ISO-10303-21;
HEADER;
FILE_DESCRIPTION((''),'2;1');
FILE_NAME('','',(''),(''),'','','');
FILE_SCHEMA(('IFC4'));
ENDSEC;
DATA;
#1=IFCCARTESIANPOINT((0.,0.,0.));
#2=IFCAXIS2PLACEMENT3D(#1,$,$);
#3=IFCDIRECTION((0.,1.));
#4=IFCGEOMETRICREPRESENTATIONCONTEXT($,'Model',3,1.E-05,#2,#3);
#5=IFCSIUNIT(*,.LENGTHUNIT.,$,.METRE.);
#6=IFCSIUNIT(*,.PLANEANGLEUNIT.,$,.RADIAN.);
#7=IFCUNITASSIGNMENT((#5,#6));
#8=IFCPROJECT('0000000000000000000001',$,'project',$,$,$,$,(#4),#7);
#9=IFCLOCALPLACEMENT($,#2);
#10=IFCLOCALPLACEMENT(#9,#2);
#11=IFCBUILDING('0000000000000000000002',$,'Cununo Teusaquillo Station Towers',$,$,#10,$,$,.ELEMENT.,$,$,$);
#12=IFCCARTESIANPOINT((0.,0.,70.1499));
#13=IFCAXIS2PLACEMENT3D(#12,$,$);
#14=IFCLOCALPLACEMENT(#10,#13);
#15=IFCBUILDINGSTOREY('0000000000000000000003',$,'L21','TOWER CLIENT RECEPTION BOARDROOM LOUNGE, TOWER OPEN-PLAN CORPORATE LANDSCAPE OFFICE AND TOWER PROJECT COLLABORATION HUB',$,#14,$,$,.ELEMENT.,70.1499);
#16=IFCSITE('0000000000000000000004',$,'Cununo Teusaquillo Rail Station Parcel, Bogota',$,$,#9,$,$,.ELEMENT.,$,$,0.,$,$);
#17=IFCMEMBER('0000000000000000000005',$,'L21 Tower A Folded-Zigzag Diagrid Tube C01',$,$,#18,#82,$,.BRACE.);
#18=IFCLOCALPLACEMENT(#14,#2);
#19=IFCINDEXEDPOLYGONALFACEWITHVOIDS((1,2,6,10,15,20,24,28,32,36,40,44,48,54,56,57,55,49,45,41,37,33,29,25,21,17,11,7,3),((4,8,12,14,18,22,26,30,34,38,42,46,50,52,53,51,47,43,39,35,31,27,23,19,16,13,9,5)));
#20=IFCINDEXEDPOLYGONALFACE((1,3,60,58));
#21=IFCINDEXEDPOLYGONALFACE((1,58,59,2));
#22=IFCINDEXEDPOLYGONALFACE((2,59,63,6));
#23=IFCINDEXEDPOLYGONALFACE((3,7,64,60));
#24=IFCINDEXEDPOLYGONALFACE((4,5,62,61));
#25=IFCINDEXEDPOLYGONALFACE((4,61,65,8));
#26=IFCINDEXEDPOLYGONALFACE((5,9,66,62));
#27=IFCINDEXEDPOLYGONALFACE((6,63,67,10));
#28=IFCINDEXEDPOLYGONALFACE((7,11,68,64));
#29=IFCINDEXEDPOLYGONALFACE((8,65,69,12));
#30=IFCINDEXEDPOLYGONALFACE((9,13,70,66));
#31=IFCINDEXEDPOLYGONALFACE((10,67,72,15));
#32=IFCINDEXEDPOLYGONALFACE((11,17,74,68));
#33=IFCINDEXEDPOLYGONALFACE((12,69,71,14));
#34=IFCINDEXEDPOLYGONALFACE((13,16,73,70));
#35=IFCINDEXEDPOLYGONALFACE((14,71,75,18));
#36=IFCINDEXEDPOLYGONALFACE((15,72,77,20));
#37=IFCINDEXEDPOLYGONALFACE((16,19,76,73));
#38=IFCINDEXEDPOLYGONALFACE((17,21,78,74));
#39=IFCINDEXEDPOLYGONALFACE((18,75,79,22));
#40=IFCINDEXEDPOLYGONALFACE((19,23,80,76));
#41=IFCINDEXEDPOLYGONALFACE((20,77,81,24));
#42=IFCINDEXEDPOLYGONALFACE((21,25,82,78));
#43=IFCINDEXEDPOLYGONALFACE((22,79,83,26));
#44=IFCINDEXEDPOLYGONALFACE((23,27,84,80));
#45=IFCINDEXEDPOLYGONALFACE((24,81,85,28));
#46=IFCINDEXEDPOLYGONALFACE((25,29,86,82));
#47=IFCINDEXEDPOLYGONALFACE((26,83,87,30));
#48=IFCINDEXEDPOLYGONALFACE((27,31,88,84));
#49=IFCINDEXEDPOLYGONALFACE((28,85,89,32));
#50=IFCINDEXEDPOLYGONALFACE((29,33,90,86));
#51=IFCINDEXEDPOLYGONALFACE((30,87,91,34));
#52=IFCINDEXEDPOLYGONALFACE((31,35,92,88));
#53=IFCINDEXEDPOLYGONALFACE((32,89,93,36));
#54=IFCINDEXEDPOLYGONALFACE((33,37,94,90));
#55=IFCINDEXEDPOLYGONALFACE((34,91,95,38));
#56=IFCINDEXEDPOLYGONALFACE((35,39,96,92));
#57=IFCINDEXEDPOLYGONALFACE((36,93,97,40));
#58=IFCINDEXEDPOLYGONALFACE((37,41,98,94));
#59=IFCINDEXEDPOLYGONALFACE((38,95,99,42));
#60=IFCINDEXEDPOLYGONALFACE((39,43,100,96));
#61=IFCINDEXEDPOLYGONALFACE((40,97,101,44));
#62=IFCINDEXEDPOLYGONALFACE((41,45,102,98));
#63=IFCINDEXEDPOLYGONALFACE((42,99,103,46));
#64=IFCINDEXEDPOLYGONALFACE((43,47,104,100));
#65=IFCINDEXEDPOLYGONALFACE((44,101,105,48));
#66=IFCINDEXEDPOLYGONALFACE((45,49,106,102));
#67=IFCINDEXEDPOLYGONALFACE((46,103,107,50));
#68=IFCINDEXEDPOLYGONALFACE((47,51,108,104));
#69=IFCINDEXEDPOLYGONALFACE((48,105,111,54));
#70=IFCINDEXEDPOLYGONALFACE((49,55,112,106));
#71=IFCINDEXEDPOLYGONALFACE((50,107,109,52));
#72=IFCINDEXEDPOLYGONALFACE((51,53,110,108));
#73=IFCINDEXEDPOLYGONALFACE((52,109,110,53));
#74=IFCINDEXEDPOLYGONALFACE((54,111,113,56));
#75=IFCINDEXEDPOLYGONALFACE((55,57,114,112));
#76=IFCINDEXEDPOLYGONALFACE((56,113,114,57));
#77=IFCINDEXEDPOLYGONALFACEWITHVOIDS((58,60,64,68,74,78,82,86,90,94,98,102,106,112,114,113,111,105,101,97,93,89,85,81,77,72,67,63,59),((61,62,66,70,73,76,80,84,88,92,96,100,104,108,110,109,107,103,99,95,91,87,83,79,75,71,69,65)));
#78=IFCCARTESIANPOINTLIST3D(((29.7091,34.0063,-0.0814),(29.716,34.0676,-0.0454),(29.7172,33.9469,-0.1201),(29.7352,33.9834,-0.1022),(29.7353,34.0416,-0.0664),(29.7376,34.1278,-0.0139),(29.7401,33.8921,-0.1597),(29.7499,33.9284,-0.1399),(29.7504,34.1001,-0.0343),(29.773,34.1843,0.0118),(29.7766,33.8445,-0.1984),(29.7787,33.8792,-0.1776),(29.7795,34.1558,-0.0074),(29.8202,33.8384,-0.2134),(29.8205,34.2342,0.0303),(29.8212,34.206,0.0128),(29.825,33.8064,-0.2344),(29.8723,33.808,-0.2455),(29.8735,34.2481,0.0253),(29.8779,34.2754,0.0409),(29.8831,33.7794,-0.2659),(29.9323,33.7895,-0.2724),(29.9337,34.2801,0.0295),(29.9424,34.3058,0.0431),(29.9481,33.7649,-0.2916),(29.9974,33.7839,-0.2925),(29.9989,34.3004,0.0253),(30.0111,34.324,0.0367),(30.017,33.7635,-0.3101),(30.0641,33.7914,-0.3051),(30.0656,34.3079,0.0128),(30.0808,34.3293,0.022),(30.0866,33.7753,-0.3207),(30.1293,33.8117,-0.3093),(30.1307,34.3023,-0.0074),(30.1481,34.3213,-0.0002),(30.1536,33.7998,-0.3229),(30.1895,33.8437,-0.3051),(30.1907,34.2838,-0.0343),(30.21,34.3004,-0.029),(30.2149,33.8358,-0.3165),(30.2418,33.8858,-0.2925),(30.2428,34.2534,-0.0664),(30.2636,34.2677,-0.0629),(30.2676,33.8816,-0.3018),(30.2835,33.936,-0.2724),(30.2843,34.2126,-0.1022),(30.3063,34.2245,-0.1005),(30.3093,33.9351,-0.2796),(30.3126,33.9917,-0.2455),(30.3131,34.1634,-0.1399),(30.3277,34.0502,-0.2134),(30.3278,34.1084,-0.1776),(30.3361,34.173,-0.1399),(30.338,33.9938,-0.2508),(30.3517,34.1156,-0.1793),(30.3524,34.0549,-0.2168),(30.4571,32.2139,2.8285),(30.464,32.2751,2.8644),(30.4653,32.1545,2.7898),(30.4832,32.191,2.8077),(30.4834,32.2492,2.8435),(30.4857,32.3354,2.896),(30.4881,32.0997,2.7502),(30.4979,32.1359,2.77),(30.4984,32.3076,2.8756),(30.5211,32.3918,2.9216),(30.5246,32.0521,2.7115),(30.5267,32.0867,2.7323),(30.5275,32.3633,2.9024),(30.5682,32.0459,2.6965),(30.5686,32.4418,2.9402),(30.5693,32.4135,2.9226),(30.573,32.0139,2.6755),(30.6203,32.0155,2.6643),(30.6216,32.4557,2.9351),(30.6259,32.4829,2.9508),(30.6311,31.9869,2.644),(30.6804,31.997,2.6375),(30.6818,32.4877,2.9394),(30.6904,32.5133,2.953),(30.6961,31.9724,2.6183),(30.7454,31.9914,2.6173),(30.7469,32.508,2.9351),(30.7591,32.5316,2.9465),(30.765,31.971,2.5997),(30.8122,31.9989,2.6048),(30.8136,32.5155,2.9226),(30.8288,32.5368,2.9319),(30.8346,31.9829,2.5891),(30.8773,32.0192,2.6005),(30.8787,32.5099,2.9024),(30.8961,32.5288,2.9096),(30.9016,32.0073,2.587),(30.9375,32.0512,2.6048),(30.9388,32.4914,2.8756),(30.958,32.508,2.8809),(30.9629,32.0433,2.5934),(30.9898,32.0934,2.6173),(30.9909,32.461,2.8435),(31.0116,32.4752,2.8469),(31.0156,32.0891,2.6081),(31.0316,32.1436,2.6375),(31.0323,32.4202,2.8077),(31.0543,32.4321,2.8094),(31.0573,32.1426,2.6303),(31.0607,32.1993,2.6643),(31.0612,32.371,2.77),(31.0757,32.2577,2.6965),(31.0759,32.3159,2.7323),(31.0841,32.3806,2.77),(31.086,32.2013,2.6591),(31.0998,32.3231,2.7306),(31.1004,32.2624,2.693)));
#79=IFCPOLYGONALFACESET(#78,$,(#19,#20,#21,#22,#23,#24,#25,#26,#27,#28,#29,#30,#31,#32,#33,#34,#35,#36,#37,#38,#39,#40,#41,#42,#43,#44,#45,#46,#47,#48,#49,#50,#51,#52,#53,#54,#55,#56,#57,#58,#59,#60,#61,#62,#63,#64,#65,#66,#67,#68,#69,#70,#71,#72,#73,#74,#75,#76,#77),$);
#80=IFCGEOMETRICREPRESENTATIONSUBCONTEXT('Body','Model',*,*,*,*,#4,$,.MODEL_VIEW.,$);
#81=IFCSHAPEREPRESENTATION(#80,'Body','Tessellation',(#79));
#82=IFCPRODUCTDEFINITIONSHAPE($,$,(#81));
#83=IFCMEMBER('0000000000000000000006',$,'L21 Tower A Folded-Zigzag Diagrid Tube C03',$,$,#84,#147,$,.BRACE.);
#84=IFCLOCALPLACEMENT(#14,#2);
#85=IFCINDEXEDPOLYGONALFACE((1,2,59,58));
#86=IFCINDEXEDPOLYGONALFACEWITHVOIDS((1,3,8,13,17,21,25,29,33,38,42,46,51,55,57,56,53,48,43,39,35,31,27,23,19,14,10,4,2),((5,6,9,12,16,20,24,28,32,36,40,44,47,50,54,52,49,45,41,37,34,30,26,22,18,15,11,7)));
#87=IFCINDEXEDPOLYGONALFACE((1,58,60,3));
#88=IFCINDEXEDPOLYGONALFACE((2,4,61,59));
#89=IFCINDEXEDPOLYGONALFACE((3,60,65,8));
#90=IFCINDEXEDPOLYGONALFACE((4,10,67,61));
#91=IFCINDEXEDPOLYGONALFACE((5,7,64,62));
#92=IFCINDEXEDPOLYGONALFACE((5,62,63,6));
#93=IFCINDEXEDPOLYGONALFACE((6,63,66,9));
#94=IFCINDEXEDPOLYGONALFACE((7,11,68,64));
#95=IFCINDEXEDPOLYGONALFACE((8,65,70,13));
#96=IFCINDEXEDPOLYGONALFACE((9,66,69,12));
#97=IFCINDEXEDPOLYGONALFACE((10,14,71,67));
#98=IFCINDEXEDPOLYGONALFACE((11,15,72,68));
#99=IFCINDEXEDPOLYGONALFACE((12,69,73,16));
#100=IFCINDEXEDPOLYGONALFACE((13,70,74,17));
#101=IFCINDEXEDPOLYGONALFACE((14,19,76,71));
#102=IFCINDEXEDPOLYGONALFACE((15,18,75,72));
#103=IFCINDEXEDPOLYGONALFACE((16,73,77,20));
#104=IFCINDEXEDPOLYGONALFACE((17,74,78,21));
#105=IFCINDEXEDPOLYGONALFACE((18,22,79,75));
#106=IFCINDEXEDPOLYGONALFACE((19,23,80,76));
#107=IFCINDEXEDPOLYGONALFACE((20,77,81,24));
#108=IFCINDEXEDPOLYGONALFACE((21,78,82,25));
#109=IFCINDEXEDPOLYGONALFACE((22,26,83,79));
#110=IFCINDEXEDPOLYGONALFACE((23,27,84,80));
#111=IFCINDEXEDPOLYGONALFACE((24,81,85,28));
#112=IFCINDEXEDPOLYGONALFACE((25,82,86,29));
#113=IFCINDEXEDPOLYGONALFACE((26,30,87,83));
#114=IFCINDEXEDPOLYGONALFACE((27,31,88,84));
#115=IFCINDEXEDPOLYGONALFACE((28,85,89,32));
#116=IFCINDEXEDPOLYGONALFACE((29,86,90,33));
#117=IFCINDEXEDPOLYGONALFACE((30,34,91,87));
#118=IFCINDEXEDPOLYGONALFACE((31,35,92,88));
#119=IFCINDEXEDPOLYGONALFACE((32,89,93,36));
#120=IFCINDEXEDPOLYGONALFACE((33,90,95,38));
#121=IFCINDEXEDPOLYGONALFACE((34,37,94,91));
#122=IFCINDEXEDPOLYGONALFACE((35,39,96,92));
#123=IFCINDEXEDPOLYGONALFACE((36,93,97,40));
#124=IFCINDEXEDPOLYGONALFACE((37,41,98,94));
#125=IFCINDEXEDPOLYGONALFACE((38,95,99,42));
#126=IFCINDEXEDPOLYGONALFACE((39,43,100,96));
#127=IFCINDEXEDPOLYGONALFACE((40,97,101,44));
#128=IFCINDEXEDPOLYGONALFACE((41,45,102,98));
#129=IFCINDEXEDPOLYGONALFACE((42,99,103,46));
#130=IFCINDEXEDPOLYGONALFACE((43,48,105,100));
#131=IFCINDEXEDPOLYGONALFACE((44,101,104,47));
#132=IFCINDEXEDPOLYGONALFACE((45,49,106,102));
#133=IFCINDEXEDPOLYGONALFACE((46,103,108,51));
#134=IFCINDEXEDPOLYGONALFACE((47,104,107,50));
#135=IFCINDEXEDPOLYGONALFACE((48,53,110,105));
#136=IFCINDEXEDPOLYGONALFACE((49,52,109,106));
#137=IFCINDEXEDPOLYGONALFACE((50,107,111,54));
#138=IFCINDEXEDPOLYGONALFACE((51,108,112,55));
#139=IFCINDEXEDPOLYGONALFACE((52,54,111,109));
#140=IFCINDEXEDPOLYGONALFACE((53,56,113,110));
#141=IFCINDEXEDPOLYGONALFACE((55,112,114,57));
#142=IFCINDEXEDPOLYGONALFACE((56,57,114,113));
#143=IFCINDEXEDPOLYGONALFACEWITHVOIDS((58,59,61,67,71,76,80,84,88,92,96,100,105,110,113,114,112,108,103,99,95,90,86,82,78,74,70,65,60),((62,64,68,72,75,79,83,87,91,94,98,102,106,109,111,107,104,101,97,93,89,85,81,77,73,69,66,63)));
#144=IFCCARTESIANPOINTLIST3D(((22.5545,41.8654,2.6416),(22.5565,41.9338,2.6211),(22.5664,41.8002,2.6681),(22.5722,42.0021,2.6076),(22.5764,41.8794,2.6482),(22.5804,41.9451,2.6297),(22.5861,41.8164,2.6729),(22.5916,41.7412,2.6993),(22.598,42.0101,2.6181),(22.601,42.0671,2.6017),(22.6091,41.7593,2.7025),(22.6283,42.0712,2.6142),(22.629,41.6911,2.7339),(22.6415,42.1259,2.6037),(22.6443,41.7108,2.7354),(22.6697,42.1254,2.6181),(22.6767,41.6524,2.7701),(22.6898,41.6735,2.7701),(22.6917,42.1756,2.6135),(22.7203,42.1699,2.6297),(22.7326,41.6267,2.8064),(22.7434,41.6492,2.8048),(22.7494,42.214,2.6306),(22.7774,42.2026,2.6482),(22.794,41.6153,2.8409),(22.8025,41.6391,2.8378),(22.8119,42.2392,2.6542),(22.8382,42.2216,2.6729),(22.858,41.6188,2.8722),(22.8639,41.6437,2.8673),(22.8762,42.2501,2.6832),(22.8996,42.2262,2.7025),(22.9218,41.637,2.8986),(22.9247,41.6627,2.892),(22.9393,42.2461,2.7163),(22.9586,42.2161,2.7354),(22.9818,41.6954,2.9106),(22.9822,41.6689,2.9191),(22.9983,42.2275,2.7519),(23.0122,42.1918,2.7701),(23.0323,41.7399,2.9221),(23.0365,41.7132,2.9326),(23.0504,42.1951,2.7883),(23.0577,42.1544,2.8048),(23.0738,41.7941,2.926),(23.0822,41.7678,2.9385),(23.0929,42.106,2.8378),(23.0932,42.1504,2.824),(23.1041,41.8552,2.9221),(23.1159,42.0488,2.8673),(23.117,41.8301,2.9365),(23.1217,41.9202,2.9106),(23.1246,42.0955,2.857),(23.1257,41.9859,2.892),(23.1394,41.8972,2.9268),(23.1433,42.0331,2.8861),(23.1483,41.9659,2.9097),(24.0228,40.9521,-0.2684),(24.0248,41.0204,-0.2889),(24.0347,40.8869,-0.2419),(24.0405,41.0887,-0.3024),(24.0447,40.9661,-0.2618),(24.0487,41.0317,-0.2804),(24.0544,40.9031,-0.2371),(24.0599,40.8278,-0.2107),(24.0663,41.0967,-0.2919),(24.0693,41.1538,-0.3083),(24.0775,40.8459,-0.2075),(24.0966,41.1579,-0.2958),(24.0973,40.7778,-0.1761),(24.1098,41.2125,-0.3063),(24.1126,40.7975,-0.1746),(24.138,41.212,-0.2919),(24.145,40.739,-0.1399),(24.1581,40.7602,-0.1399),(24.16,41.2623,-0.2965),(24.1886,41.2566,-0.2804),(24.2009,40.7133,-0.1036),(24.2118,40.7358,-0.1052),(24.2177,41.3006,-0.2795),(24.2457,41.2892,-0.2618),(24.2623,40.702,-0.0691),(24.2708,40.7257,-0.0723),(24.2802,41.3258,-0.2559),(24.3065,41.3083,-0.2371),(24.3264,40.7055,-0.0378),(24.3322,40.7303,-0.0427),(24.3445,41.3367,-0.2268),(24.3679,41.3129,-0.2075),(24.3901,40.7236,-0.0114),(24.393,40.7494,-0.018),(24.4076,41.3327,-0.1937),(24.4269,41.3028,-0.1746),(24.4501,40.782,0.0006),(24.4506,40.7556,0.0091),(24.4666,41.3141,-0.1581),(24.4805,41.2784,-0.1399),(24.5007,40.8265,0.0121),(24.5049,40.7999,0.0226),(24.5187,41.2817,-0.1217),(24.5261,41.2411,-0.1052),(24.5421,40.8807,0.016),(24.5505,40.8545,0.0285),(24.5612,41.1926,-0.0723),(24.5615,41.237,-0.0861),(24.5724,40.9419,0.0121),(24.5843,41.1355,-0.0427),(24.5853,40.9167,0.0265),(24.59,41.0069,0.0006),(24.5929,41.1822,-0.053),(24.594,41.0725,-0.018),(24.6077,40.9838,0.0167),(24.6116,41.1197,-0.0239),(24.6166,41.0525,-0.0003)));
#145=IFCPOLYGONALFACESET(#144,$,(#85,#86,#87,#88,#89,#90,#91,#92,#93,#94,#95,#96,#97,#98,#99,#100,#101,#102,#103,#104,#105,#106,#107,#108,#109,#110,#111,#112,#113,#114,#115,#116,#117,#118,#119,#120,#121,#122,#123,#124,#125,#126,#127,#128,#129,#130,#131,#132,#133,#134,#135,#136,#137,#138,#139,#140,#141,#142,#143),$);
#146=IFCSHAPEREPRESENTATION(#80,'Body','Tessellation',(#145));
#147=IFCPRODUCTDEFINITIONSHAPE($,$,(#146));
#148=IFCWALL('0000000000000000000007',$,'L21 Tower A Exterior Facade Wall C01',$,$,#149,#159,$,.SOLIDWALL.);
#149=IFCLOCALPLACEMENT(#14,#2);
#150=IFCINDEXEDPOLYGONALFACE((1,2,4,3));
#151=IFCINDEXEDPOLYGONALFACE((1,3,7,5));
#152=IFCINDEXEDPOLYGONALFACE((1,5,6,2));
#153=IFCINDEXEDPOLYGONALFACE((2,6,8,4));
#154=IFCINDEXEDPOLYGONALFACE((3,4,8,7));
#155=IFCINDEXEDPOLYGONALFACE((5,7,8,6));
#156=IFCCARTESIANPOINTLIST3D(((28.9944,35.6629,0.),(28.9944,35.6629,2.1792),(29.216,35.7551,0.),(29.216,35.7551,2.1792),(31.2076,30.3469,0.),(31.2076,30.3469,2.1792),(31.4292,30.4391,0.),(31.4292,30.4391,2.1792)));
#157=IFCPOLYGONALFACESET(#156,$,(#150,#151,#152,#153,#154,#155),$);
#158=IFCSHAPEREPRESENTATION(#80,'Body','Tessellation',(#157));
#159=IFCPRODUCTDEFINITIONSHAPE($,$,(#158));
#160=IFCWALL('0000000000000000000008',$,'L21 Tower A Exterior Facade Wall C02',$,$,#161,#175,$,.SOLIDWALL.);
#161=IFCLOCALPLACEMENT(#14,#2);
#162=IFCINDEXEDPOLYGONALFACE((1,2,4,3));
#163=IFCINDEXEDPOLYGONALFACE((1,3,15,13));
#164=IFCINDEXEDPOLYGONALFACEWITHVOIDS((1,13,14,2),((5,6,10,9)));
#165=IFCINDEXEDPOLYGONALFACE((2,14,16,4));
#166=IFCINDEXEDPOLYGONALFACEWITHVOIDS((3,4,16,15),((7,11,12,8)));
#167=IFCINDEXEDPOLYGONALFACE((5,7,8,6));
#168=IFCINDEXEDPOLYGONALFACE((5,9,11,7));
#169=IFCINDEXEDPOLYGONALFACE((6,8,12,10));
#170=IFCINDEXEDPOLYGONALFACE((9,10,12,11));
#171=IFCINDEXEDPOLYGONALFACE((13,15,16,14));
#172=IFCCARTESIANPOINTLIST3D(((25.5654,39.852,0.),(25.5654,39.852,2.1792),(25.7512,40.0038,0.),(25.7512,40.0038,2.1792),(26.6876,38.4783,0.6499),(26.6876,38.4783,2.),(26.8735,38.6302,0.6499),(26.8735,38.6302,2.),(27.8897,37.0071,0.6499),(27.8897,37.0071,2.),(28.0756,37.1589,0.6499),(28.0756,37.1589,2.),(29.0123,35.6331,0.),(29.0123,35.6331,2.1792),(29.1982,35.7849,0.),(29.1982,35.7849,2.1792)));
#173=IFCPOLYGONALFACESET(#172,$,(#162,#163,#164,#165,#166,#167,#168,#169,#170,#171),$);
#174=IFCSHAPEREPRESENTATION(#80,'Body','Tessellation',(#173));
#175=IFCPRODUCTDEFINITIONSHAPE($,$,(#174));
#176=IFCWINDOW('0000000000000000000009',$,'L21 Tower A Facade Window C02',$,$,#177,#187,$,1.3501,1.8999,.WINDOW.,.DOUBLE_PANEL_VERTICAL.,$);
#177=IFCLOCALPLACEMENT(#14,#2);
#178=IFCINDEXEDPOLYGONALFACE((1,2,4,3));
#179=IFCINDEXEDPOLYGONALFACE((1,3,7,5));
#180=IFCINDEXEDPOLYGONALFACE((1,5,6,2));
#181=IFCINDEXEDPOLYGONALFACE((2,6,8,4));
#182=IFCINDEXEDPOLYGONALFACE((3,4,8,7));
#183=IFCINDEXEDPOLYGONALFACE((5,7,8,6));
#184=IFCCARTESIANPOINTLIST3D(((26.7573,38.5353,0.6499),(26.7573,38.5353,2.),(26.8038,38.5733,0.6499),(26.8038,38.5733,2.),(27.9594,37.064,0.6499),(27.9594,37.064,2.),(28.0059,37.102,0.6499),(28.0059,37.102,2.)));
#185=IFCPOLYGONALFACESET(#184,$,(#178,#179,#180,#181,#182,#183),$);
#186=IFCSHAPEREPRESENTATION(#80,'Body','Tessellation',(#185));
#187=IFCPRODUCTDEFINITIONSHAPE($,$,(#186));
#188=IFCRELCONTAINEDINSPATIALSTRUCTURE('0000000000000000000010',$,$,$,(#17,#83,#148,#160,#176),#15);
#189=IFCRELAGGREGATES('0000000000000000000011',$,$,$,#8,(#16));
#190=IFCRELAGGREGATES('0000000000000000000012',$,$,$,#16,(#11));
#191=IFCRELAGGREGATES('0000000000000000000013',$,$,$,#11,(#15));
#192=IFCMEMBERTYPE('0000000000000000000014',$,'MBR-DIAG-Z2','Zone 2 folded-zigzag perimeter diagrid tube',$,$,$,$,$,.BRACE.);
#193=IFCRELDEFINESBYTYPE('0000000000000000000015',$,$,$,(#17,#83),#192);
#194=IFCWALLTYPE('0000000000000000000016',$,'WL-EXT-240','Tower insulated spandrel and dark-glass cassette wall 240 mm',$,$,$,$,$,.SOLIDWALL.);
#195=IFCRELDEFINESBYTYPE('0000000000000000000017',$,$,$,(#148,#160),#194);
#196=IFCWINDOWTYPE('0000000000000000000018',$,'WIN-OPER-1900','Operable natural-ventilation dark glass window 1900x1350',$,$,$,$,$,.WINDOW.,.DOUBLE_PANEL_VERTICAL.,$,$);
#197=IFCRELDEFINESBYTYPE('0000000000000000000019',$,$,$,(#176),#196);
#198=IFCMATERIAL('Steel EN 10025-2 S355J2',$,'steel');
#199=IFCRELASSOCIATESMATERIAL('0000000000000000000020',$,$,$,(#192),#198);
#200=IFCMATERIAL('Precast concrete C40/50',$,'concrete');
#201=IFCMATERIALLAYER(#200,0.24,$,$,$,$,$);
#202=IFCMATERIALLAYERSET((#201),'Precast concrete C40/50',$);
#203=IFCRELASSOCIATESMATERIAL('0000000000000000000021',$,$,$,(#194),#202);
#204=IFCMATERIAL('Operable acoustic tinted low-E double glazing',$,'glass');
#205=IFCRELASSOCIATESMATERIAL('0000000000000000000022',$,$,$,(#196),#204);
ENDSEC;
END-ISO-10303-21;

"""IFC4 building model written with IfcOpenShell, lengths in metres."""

from ifc_helpers import new_model, si_unit, direction, frame, frame_2d, origin, origin_2d, place, context, subcontext, project, spatial, rectangle, hollow_circle, extrude, source, transform, mapped, material, layer, layer_set, material_profile, profile_set, type_object, element, fill, save


model = new_model("IFC4")

# Units and contexts
model_context = context("Model", 3, precision=1e-05, world=origin(), true_north=direction((0.0, 1.0)))
body_context = subcontext(model_context, "Body", "Model", "MODEL_VIEW")
ifc_project = project(units=[si_unit("LENGTHUNIT", "METRE"), si_unit("PLANEANGLEUNIT", "RADIAN")], contexts=[model_context])

# Site, building, storey
site_placement = place(None, origin())
site = spatial("IfcSite", under=ifc_project, at=site_placement, Name="Cununo Teusaquillo Rail Station Parcel, Bogota", CompositionType="ELEMENT", RefElevation=0.0)
building_placement = place(site_placement, origin())
building = spatial("IfcBuilding", under=site, at=building_placement, Name="Cununo Teusaquillo Station Towers", CompositionType="ELEMENT")
storey_placement = place(building_placement, frame((0.0, 0.0, 70.1499)))
storey = spatial("IfcBuildingStorey", under=building, at=storey_placement, Name="L21", Description="TOWER CLIENT RECEPTION BOARDROOM LOUNGE, TOWER OPEN-PLAN CORPORATE LANDSCAPE OFFICE AND TOWER PROJECT COLLABORATION HUB", CompositionType="ELEMENT", Elevation=70.1499)

# Members
ifc_material_1 = material(Name="Steel EN 10025-2 S355J2", Category="steel")
ifc_material_profile_1 = material_profile(ifc_material_1, hollow_circle(Radius=0.3301, WallThickness=0.0249, at=origin_2d()), Name="CHS 660x25")
ifc_profile_set_1 = profile_set([ifc_material_profile_1], Name="Steel EN 10025-2 S355J2")
member_type = type_object("IfcMemberType", Name="MBR-DIAG-Z2", Description="Zone 2 folded-zigzag perimeter diagrid tube", PredefinedType="BRACE", material=ifc_profile_set_1)
member_1_placement = place(storey_placement, frame((30.0315, 34.0459, -0.1399), z_axis=(0.213814, -0.512343, 0.831738), x_axis=(0.922861, 0.385133, 0.0)))
element("IfcMember", 1, at=member_1_placement, inside=storey, type_object=member_type, Name="L21 Tower A Folded-Zigzag Diagrid Tube C01", PredefinedType="BRACE", context=body_context, shape_type="SweptSolid", body=[
    extrude(hollow_circle(Radius=0.3301, WallThickness=0.0249, at=origin_2d()), origin(), (0.0, 0.0, 1.0), 3.4985),
])
member_2_placement = place(storey_placement, frame((24.3193, 41.0193, -0.1399), z_axis=(-0.433768, 0.269825, 0.859674), x_axis=(-0.528196, -0.849123, 0.0)))
element("IfcMember", 2, at=member_2_placement, inside=storey, type_object=member_type, Name="L21 Tower A Folded-Zigzag Diagrid Tube C03", PredefinedType="BRACE", context=body_context, shape_type="SweptSolid", body=[
    extrude(hollow_circle(Radius=0.3301, WallThickness=0.0249, at=origin_2d()), origin(), (0.0, 0.0, 1.0), 3.385),
])

# Wall
ifc_material_2 = material(Name="Precast concrete C40/50", Category="concrete")
ifc_layer_1 = layer(ifc_material_2, 0.24)
ifc_layer_set_1 = layer_set([ifc_layer_1], Name="Precast concrete C40/50")
wall_type_1 = type_object("IfcWallType", Name="WL-EXT-240", Description="Tower insulated spandrel and dark-glass cassette wall 240 mm", PredefinedType="SOLIDWALL", material=ifc_layer_set_1)
wall_1_placement = place(storey_placement, frame((29.1052, 35.709, 0.0), z_axis=(0.0, 0.0, 1.0), x_axis=(0.384344, -0.92319, 0.0)))
element("IfcWall", 3, at=wall_1_placement, inside=storey, type_object=wall_type_1, Name="L21 Tower A Exterior Facade Wall C01", PredefinedType="SOLIDWALL", context=body_context, shape_type="SweptSolid", body=[
    extrude(rectangle(XDim=5.7583, YDim=0.24, at=frame_2d((2.8792, 0.0))), origin(), (0.0, 0.0, 1.0), 2.1792),
])

# Wall, opening, window
wall_2_placement = place(storey_placement, frame((25.6582, 39.928, 0.0), z_axis=(0.0, 0.0, 1.0), x_axis=(0.632701, -0.774396, 0.0)))
wall_2 = element("IfcWall", 4, at=wall_2_placement, inside=storey, type_object=wall_type_1, Name="L21 Tower A Exterior Facade Wall C02", PredefinedType="SOLIDWALL", context=body_context, shape_type="SweptSolid", body=[
    extrude(rectangle(XDim=5.448, YDim=0.24, at=frame_2d((2.7241, 0.0))), origin(), (0.0, 0.0, 1.0), 2.1792),
])
shared_shape_1 = source(origin(), body_context, "Body", "SweptSolid", [
    extrude(rectangle(XDim=1.8999, YDim=1.3501, at=frame_2d((0.95, 0.675))), frame((0.0, 0.1299, 0.0), z_axis=(0.0, -1.0, 0.0), x_axis=(1.0, 0.0, 0.0)), (0.0, 0.0, 1.0), 0.26),
])
opening_1_placement = place(wall_2_placement, frame((1.7739, 0.0, 0.6499)))
opening_1 = element("IfcOpeningElement", 5, at=opening_1_placement, cuts=wall_2, PredefinedType="OPENING", context=body_context, shape_type="MappedRepresentation", body=[
    mapped(shared_shape_1, transform((0.0, 0.0, 0.0), x_axis=(1.0, 0.0, 0.0), y_axis=(0.0, 1.0, 0.0), z_axis=(0.0, 0.0, 1.0), scale=1.0)),
])
ifc_material_3 = material(Name="Operable acoustic tinted low-E double glazing", Category="glass")
window_type = type_object("IfcWindowType", Name="WIN-OPER-1900", Description="Operable natural-ventilation dark glass window 1900x1350", PartitioningType="DOUBLE_PANEL_VERTICAL", PredefinedType="WINDOW", material=ifc_material_3)
shared_shape_2 = source(origin(), body_context, "Body", "SweptSolid", [
    extrude(rectangle(XDim=1.8999, YDim=1.3501, at=frame_2d((0.95, 0.675))), frame((0.0, 0.03, 0.0), z_axis=(0.0, -1.0, 0.0), x_axis=(1.0, 0.0, 0.0)), (0.0, 0.0, 1.0), 0.0601),
])
window_placement = place(opening_1_placement, origin())
window = element("IfcWindow", 6, at=window_placement, inside=storey, type_object=window_type, Name="L21 Tower A Facade Window C02", OverallHeight=1.3501, OverallWidth=1.8999, PartitioningType="DOUBLE_PANEL_VERTICAL", PredefinedType="WINDOW", context=body_context, shape_type="MappedRepresentation", body=[
    mapped(shared_shape_2, transform((0.0, 0.0, 0.0), x_axis=(1.0, 0.0, 0.0), y_axis=(0.0, 1.0, 0.0), z_axis=(0.0, 0.0, 1.0), scale=1.0)),
])
fill(opening_1, window)

save(model, "model.ifc")
